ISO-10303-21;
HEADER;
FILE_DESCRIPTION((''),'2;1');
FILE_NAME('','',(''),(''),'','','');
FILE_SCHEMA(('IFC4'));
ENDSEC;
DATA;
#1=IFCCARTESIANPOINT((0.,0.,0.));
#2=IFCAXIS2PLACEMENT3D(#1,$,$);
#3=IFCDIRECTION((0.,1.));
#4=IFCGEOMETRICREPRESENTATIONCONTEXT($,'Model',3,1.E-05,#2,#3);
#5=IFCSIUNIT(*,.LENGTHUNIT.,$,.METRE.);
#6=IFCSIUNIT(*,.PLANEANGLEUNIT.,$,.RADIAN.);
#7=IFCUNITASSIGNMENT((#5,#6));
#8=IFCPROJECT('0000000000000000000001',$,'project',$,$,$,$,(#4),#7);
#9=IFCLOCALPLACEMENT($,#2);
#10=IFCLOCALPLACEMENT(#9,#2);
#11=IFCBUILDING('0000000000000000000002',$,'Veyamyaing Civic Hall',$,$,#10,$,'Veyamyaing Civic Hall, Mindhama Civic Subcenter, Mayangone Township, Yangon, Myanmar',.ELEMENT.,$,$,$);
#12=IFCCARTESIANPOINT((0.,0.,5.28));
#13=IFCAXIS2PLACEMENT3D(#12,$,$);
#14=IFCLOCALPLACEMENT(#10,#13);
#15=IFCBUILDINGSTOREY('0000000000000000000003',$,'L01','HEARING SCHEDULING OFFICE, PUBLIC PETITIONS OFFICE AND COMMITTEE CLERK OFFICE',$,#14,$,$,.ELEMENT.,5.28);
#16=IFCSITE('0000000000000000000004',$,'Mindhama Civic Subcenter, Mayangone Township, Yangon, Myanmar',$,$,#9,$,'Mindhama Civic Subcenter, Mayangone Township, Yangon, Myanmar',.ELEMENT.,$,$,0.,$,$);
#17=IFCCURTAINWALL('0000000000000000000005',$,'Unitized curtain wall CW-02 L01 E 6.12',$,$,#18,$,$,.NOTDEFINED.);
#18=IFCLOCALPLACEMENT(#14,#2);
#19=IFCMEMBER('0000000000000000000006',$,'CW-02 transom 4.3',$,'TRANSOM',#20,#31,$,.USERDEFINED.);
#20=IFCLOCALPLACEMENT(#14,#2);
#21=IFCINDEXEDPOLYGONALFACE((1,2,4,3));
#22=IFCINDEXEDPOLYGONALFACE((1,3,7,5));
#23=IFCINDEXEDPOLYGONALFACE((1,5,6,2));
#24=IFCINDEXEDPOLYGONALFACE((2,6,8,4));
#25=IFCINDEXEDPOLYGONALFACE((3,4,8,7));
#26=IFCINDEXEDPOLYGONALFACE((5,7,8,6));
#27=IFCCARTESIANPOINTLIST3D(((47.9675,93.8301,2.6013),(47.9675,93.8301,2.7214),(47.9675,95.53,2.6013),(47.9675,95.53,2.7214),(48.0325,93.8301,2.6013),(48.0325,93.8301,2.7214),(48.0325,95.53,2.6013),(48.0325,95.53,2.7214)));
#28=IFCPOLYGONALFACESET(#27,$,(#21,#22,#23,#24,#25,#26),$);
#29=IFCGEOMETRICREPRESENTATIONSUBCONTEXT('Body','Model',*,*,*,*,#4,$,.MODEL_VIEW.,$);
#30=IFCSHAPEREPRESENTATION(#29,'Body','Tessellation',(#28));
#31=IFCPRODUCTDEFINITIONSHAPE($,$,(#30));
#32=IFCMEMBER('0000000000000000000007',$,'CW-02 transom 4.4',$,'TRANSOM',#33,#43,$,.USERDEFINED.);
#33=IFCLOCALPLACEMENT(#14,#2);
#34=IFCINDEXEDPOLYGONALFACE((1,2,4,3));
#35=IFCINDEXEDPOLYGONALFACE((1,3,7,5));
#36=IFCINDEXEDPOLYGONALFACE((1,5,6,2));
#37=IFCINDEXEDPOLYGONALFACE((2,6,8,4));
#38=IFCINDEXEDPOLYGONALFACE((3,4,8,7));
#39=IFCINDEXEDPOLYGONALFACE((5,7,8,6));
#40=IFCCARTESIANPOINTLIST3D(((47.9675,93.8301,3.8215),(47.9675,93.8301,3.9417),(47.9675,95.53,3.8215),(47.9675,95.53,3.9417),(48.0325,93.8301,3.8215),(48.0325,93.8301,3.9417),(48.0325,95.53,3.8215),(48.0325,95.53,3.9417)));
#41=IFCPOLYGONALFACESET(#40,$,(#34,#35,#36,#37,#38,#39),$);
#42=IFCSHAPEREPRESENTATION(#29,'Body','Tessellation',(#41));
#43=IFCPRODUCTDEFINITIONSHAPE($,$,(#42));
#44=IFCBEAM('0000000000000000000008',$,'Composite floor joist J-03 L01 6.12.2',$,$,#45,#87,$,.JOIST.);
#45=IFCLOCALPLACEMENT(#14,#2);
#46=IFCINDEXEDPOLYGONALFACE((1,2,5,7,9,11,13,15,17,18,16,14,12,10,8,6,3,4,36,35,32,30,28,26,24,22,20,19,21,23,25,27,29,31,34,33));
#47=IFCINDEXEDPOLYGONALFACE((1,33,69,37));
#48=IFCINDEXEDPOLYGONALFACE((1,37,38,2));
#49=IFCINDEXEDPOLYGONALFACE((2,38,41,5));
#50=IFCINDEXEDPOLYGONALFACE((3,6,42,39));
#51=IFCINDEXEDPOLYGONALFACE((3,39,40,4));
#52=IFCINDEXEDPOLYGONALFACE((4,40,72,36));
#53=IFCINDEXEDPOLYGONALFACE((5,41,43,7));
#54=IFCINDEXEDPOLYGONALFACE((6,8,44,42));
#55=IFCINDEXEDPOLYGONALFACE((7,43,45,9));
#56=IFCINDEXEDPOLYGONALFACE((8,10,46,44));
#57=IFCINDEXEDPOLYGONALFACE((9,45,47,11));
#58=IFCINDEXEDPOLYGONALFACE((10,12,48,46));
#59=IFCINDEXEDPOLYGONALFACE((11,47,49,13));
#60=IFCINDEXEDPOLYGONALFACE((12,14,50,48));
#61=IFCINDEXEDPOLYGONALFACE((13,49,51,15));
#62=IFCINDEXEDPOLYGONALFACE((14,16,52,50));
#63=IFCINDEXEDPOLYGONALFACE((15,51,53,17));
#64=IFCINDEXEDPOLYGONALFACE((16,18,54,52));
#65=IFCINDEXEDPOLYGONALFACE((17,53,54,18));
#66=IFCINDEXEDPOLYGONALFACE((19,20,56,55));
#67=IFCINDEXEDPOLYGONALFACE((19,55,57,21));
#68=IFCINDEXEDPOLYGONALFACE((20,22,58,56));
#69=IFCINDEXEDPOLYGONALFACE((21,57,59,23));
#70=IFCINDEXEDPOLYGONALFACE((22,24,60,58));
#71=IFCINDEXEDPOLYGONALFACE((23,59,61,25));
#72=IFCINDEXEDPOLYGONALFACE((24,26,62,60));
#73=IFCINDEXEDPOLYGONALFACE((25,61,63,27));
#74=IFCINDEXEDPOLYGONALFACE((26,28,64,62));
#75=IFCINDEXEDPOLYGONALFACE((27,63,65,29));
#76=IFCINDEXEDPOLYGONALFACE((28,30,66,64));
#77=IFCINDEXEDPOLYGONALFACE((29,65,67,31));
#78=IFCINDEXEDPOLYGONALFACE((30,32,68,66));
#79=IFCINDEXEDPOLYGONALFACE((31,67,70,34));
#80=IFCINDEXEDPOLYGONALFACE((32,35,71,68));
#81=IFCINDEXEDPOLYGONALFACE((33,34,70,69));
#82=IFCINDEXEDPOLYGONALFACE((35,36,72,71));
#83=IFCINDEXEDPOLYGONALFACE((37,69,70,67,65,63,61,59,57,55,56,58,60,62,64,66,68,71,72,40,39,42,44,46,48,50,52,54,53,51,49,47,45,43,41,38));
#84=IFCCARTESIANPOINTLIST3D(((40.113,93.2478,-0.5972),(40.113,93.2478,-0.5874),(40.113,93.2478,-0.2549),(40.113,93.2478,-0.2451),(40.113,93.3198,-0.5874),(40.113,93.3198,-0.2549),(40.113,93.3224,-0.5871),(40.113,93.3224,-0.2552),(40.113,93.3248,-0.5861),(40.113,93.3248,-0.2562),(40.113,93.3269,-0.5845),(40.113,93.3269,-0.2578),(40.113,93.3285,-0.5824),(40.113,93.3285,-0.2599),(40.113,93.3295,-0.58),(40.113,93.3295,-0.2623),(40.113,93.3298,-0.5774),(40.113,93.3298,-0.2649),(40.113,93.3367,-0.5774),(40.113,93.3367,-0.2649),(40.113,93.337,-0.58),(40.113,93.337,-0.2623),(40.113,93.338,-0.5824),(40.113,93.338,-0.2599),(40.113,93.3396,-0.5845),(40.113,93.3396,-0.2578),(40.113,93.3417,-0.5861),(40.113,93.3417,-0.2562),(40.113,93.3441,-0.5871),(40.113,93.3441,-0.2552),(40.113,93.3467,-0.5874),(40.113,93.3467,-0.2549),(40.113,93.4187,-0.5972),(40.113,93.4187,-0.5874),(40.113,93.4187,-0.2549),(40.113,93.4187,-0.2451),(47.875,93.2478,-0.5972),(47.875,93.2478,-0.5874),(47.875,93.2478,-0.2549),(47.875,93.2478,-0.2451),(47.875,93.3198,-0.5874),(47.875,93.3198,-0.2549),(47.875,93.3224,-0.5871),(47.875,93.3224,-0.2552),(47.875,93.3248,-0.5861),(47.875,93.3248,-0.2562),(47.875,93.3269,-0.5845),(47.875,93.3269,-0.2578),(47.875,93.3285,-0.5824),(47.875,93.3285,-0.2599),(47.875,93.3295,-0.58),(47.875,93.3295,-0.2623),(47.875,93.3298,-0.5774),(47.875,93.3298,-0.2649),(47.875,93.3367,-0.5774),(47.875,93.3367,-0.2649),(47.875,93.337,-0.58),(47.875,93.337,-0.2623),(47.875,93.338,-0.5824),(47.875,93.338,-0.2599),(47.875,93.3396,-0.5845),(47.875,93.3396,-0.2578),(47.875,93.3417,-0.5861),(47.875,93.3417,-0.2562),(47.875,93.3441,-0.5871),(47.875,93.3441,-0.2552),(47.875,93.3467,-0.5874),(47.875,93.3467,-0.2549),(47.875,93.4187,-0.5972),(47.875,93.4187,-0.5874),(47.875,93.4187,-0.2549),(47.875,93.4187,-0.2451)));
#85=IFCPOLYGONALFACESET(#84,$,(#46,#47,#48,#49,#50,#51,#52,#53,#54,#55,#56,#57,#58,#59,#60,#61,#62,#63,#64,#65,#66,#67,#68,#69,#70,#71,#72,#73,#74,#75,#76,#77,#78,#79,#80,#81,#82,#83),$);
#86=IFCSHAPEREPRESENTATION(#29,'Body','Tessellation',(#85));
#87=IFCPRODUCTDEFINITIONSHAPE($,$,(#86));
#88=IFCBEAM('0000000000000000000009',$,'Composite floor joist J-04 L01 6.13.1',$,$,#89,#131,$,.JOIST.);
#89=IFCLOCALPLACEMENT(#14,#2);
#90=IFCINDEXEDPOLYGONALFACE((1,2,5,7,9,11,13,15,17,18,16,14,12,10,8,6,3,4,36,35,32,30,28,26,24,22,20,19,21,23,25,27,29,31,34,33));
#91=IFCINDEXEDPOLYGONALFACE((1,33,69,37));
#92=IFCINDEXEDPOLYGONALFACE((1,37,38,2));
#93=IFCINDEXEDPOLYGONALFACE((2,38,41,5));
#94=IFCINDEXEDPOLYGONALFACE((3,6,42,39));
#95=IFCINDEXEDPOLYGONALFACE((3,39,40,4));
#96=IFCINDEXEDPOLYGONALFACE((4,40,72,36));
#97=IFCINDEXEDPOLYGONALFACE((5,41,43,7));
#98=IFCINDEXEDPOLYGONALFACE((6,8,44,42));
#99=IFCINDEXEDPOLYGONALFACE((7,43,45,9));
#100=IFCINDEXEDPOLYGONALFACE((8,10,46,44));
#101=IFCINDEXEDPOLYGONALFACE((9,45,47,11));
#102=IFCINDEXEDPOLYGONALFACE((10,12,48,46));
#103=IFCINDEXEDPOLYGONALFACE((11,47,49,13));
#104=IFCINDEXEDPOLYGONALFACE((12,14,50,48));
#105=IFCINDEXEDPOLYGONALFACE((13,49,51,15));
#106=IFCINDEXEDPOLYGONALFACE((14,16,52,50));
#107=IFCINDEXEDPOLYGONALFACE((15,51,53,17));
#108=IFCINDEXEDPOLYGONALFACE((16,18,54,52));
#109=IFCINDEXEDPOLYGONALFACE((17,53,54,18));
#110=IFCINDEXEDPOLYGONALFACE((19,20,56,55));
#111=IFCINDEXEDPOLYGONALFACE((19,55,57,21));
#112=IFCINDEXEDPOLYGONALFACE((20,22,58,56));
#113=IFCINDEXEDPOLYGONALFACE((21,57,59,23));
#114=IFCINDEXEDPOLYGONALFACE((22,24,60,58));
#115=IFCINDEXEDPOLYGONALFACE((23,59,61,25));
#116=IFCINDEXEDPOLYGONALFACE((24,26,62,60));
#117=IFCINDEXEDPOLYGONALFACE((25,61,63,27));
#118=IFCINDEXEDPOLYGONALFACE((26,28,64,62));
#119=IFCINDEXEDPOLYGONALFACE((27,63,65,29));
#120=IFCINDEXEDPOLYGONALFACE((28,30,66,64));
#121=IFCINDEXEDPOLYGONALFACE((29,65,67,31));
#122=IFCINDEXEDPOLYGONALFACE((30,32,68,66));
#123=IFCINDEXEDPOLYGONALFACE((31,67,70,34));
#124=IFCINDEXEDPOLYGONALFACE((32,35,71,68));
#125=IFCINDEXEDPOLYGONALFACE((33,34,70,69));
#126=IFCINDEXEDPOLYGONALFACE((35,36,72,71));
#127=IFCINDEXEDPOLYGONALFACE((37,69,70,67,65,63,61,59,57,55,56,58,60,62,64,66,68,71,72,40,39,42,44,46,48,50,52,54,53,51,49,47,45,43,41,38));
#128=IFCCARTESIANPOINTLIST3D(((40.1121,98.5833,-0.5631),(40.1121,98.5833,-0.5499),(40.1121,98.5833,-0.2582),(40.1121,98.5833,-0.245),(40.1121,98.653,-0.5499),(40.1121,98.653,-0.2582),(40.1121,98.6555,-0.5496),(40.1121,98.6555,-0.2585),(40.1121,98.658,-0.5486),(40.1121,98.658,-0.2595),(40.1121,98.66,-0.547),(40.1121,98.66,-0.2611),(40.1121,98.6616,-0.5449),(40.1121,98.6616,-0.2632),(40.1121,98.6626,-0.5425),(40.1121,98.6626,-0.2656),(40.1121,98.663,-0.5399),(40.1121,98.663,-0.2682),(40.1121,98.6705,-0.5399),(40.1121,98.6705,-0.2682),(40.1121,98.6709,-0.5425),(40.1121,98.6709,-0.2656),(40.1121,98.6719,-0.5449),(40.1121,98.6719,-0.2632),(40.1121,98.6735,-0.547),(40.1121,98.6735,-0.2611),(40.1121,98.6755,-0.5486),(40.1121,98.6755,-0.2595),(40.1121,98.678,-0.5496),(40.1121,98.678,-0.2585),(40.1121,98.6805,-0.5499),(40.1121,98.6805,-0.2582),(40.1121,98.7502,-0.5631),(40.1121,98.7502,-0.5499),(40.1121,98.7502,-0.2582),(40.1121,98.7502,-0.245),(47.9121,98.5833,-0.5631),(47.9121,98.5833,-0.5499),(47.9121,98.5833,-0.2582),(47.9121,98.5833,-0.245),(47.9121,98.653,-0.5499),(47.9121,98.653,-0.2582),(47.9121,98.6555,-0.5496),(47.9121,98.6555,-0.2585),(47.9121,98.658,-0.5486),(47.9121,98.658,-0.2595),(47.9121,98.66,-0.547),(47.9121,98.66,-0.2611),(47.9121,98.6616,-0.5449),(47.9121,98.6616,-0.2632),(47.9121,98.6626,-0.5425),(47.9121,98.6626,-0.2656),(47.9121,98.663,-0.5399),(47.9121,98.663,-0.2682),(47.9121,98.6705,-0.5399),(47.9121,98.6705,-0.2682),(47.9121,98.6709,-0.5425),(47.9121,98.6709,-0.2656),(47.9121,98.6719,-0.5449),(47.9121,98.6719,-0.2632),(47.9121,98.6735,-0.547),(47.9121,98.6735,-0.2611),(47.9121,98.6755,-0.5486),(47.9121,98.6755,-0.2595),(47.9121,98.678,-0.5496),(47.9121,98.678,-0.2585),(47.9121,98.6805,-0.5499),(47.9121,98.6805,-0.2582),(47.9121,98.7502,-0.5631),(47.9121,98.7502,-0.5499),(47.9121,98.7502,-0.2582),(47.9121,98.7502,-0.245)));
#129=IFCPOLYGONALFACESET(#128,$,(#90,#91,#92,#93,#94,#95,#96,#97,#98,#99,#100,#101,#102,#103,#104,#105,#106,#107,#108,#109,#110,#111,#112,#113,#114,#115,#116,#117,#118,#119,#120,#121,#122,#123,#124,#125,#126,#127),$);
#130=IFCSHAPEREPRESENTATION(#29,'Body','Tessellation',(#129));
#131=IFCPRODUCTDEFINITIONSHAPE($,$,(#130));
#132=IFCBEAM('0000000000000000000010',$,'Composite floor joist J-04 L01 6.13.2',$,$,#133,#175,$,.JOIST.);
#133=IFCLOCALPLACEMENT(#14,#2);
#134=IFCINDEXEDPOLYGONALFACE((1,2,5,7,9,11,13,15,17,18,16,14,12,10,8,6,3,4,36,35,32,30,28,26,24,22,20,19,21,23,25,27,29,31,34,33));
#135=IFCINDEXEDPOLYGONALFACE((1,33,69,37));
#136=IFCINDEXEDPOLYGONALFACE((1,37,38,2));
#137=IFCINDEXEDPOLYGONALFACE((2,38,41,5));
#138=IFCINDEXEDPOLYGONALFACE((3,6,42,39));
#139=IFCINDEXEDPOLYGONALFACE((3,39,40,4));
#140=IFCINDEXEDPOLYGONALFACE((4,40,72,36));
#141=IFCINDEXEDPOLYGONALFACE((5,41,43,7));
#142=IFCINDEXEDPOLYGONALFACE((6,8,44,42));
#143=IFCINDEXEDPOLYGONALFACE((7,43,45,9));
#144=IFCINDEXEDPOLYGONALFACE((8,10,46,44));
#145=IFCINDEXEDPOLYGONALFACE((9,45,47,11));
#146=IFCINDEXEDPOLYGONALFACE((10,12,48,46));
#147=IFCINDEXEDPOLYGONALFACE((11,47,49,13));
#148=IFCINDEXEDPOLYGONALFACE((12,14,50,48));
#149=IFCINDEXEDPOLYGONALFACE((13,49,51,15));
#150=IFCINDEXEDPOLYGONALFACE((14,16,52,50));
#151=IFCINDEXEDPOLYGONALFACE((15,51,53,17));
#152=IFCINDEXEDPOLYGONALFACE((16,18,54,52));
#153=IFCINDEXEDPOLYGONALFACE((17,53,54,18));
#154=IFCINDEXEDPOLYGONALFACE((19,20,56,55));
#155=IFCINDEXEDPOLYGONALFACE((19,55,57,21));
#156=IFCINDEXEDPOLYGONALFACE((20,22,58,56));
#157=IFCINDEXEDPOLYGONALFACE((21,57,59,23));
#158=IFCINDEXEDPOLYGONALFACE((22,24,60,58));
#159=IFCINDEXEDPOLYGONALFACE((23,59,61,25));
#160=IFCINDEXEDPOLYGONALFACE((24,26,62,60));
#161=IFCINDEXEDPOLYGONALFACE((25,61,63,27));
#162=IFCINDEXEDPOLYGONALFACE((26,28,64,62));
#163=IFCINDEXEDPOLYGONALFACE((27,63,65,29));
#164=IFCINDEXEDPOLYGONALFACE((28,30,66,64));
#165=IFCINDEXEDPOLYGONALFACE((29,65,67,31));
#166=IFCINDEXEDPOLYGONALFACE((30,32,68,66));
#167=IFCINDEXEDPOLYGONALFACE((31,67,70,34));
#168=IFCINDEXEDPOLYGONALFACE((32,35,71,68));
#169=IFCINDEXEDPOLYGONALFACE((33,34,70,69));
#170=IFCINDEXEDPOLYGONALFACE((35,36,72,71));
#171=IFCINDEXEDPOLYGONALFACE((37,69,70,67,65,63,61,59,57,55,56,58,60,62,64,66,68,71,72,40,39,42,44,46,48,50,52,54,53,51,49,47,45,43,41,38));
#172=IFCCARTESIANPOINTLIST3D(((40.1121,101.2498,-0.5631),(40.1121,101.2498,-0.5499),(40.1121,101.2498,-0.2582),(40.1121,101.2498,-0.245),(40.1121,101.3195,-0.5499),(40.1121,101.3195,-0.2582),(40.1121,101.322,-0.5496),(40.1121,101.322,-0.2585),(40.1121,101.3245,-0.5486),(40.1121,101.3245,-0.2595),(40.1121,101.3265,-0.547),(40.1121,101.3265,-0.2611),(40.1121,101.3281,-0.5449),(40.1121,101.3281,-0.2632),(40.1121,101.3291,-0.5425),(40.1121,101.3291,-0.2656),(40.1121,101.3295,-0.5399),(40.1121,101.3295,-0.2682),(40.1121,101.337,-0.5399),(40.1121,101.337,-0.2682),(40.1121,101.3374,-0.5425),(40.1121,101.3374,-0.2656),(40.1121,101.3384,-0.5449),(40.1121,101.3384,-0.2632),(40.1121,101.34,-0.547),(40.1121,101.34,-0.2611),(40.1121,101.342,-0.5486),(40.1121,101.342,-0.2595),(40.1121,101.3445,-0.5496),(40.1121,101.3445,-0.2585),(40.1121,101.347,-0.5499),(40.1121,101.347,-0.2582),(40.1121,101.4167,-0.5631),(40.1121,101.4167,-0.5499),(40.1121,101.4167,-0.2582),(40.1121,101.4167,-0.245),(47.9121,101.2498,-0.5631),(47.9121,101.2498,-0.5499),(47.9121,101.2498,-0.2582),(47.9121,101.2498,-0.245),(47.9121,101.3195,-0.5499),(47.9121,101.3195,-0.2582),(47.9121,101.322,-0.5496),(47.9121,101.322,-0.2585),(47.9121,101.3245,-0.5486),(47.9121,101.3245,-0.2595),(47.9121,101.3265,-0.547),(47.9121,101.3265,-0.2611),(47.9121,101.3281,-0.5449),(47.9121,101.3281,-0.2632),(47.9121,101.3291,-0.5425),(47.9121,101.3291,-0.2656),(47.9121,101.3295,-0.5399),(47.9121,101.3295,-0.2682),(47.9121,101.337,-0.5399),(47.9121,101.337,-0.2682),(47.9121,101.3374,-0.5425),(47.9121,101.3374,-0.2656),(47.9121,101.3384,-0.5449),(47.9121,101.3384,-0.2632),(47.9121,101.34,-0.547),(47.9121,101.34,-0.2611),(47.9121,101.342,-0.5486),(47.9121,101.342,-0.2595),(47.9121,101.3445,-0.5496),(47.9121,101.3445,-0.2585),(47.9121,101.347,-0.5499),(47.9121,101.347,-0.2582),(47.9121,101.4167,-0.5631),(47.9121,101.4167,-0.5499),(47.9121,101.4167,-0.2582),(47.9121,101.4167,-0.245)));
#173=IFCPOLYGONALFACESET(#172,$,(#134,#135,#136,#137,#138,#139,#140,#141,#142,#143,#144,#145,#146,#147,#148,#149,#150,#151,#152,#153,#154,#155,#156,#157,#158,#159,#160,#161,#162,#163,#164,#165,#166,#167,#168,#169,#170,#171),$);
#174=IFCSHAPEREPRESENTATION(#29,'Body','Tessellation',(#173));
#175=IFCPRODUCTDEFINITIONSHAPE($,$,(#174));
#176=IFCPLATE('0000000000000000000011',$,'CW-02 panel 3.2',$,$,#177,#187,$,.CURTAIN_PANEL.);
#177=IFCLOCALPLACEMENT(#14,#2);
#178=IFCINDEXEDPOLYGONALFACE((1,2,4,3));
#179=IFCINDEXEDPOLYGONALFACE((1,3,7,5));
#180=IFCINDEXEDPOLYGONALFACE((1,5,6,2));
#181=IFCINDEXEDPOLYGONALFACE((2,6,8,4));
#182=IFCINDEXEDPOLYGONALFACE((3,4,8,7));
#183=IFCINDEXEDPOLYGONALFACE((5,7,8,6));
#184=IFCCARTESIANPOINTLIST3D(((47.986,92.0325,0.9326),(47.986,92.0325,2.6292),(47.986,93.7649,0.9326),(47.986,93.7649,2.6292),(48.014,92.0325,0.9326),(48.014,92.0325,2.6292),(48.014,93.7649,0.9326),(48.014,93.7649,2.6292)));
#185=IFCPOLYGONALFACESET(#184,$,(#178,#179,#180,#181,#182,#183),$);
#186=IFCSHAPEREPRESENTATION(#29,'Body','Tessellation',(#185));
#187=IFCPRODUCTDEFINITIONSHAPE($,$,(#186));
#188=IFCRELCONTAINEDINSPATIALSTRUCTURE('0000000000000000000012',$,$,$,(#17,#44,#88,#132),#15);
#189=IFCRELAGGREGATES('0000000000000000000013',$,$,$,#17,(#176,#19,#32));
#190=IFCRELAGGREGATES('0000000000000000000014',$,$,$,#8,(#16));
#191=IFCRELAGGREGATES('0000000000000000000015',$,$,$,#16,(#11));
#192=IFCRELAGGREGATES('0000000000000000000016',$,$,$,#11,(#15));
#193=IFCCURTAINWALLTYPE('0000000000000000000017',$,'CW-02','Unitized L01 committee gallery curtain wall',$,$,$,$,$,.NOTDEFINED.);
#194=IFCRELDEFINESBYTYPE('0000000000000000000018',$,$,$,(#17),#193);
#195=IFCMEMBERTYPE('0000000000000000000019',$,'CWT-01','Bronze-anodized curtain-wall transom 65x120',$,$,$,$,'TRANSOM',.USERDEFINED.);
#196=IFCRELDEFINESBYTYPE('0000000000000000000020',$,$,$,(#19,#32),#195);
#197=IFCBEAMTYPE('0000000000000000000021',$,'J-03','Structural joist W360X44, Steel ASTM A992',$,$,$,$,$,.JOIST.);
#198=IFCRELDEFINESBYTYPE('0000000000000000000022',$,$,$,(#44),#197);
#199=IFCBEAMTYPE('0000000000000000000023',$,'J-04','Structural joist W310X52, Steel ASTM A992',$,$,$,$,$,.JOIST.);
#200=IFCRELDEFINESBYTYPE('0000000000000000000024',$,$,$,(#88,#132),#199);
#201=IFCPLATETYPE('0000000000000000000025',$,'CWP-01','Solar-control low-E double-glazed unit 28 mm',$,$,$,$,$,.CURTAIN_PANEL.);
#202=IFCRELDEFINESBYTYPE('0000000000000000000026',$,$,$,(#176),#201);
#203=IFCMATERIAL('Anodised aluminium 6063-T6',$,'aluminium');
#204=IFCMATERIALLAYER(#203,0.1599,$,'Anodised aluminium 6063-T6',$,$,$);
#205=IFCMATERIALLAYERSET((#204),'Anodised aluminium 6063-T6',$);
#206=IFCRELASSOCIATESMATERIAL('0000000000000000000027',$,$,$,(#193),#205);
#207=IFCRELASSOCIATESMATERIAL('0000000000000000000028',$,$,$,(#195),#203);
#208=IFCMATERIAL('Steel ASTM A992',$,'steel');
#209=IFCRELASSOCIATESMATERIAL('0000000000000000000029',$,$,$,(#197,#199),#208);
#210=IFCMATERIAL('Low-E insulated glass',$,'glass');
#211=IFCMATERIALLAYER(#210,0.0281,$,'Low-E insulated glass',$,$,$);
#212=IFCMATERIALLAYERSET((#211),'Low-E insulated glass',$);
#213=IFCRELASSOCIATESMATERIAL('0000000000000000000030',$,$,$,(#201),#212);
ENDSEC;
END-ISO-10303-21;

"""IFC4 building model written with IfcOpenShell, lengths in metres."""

from ifc_helpers import new_model, si_unit, direction, frame, origin, origin_2d, place, context, subcontext, project, spatial, rectangle, i_section, extrude, material, layer, layer_set, material_profile, profile_set, type_object, element, aggregate, save


model = new_model("IFC4")

# Units and contexts
model_context = context("Model", 3, precision=1e-05, world=origin(), true_north=direction((0.0, 1.0)))
body_context = subcontext(model_context, "Body", "Model", "MODEL_VIEW")
ifc_project = project(units=[si_unit("LENGTHUNIT", "METRE"), si_unit("PLANEANGLEUNIT", "RADIAN")], contexts=[model_context])

# Site, building, storey
site_placement = place(None, origin())
site = spatial("IfcSite", under=ifc_project, at=site_placement, Name="Mindhama Civic Subcenter, Mayangone Township, Yangon, Myanmar", LongName="Mindhama Civic Subcenter, Mayangone Township, Yangon, Myanmar", CompositionType="ELEMENT", RefElevation=0.0)
building_placement = place(site_placement, origin())
building = spatial("IfcBuilding", under=site, at=building_placement, Name="Veyamyaing Civic Hall", LongName="Veyamyaing Civic Hall, Mindhama Civic Subcenter, Mayangone Township, Yangon, Myanmar", CompositionType="ELEMENT")
storey_placement = place(building_placement, frame((0.0, 0.0, 5.28)))
storey = spatial("IfcBuildingStorey", under=building, at=storey_placement, Name="L01", Description="HEARING SCHEDULING OFFICE, PUBLIC PETITIONS OFFICE AND COMMITTEE CLERK OFFICE", CompositionType="ELEMENT", Elevation=5.28)

# Shared definitions
ifc_material_1 = material(Name="Steel ASTM A992", Category="steel")

# Curtain wall, members
ifc_material_2 = material(Name="Anodised aluminium 6063-T6", Category="aluminium")
ifc_layer_1 = layer(ifc_material_2, 0.1599, Name="Anodised aluminium 6063-T6")
ifc_layer_set_1 = layer_set([ifc_layer_1], Name="Anodised aluminium 6063-T6")
curtain_wall_type = type_object("IfcCurtainWallType", Name="CW-02", Description="Unitized L01 committee gallery curtain wall", PredefinedType="NOTDEFINED", material=ifc_layer_set_1)
curtain_wall_placement = place(storey_placement, origin())
curtain_wall = element("IfcCurtainWall", 1, at=curtain_wall_placement, inside=storey, type_object=curtain_wall_type, Name="Unitized curtain wall CW-02 L01 E 6.12", PredefinedType="NOTDEFINED")
ifc_material_profile_1 = material_profile(ifc_material_2, rectangle(XDim=0.0649, YDim=0.1201, at=origin_2d()), Name="ALU-TRN-65X120")
ifc_profile_set_1 = profile_set([ifc_material_profile_1], Name="Anodised aluminium 6063-T6")
member_type_1 = type_object("IfcMemberType", Name="CWT-01", Description="Bronze-anodized curtain-wall transom 65x120", ElementType="TRANSOM", PredefinedType="USERDEFINED", material=ifc_profile_set_1)
member_1_placement = place(storey_placement, frame((48.0, 93.8301, 2.6614), z_axis=(0.0, 1.0, 0.0), x_axis=(-1.0, 0.0, 0.0)))
member_1 = element("IfcMember", 2, at=member_1_placement, type_object=member_type_1, Name="CW-02 transom 4.3", ObjectType="TRANSOM", PredefinedType="USERDEFINED", context=body_context, shape_type="SweptSolid", body=[
    extrude(rectangle(XDim=0.0649, YDim=0.1201, at=origin_2d()), origin(), (0.0, 0.0, 1.0), 1.7),
])
member_2_placement = place(storey_placement, frame((48.0, 93.8301, 3.8816), z_axis=(0.0, 1.0, 0.0), x_axis=(-1.0, 0.0, 0.0)))
member_2 = element("IfcMember", 3, at=member_2_placement, type_object=member_type_1, Name="CW-02 transom 4.4", ObjectType="TRANSOM", PredefinedType="USERDEFINED", context=body_context, shape_type="SweptSolid", body=[
    extrude(rectangle(XDim=0.0649, YDim=0.1201, at=origin_2d()), origin(), (0.0, 0.0, 1.0), 1.7),
])

# Beams
ifc_material_profile_2 = material_profile(ifc_material_1, i_section(OverallWidth=0.1709, OverallDepth=0.3521, WebThickness=0.0068, FlangeThickness=0.0098, FilletRadius=0.01, at=origin_2d()), Name="W360X44")
ifc_profile_set_2 = profile_set([ifc_material_profile_2], Name="Steel ASTM A992")
beam_type_1 = type_object("IfcBeamType", Name="J-03", Description="Structural joist W360X44, Steel ASTM A992", PredefinedType="JOIST", material=ifc_profile_set_2)
beam_1_placement = place(storey_placement, frame((40.113, 93.3333, -0.4211), z_axis=(1.0, 0.0, 0.0), x_axis=(0.0, 1.0, 0.0)))
element("IfcBeam", 4, at=beam_1_placement, inside=storey, type_object=beam_type_1, Name="Composite floor joist J-03 L01 6.12.2", PredefinedType="JOIST", context=body_context, shape_type="SweptSolid", body=[
    extrude(i_section(OverallWidth=0.1709, OverallDepth=0.3521, WebThickness=0.0068, FlangeThickness=0.0098, FilletRadius=0.01, at=origin_2d()), origin(), (0.0, 0.0, 1.0), 7.762),
])
ifc_material_profile_3 = material_profile(ifc_material_1, i_section(OverallWidth=0.167, OverallDepth=0.3181, WebThickness=0.0076, FlangeThickness=0.0132, FilletRadius=0.01, at=origin_2d()), Name="W310X52")
ifc_profile_set_3 = profile_set([ifc_material_profile_3], Name="Steel ASTM A992")
beam_type_2 = type_object("IfcBeamType", Name="J-04", Description="Structural joist W310X52, Steel ASTM A992", PredefinedType="JOIST", material=ifc_profile_set_3)
for number, where, z_axis, x_axis, name in (
    (5, (40.1121, 98.6667, -0.4041), (1.0, 0.0, 0.0), (0.0, 1.0, 0.0), "Composite floor joist J-04 L01 6.13.1"),
    (6, (40.1121, 101.3333, -0.4041), (1.0, 0.0, 0.0), (0.0, 1.0, 0.0), "Composite floor joist J-04 L01 6.13.2"),
):
    element("IfcBeam", number, at=place(storey_placement, frame(where, z_axis=z_axis, x_axis=x_axis)), inside=storey, type_object=beam_type_2, Name=name, PredefinedType="JOIST", context=body_context, shape_type="SweptSolid", body=[
        extrude(i_section(OverallWidth=0.167, OverallDepth=0.3181, WebThickness=0.0076, FlangeThickness=0.0132, FilletRadius=0.01, at=origin_2d()), origin(), (0.0, 0.0, 1.0), 7.8),
    ])

# Plate
ifc_material_3 = material(Name="Low-E insulated glass", Category="glass")
ifc_layer_2 = layer(ifc_material_3, 0.0281, Name="Low-E insulated glass")
ifc_layer_set_2 = layer_set([ifc_layer_2], Name="Low-E insulated glass")
plate_type = type_object("IfcPlateType", Name="CWP-01", Description="Solar-control low-E double-glazed unit 28 mm", PredefinedType="CURTAIN_PANEL", material=ifc_layer_set_2)
plate_1_placement = place(storey_placement, frame((48.0, 92.8987, 0.9326), z_axis=(0.0, 0.0, 1.0), x_axis=(0.0, 1.0, 0.0)))
plate_1 = element("IfcPlate", 7, at=plate_1_placement, type_object=plate_type, Name="CW-02 panel 3.2", PredefinedType="CURTAIN_PANEL", context=body_context, shape_type="SweptSolid", body=[
    extrude(rectangle(XDim=1.7324, YDim=0.0281, at=origin_2d()), origin(), (0.0, 0.0, 1.0), 1.6965),
])
aggregate(curtain_wall, [plate_1, member_1, member_2])

save(model, "model.ifc")
